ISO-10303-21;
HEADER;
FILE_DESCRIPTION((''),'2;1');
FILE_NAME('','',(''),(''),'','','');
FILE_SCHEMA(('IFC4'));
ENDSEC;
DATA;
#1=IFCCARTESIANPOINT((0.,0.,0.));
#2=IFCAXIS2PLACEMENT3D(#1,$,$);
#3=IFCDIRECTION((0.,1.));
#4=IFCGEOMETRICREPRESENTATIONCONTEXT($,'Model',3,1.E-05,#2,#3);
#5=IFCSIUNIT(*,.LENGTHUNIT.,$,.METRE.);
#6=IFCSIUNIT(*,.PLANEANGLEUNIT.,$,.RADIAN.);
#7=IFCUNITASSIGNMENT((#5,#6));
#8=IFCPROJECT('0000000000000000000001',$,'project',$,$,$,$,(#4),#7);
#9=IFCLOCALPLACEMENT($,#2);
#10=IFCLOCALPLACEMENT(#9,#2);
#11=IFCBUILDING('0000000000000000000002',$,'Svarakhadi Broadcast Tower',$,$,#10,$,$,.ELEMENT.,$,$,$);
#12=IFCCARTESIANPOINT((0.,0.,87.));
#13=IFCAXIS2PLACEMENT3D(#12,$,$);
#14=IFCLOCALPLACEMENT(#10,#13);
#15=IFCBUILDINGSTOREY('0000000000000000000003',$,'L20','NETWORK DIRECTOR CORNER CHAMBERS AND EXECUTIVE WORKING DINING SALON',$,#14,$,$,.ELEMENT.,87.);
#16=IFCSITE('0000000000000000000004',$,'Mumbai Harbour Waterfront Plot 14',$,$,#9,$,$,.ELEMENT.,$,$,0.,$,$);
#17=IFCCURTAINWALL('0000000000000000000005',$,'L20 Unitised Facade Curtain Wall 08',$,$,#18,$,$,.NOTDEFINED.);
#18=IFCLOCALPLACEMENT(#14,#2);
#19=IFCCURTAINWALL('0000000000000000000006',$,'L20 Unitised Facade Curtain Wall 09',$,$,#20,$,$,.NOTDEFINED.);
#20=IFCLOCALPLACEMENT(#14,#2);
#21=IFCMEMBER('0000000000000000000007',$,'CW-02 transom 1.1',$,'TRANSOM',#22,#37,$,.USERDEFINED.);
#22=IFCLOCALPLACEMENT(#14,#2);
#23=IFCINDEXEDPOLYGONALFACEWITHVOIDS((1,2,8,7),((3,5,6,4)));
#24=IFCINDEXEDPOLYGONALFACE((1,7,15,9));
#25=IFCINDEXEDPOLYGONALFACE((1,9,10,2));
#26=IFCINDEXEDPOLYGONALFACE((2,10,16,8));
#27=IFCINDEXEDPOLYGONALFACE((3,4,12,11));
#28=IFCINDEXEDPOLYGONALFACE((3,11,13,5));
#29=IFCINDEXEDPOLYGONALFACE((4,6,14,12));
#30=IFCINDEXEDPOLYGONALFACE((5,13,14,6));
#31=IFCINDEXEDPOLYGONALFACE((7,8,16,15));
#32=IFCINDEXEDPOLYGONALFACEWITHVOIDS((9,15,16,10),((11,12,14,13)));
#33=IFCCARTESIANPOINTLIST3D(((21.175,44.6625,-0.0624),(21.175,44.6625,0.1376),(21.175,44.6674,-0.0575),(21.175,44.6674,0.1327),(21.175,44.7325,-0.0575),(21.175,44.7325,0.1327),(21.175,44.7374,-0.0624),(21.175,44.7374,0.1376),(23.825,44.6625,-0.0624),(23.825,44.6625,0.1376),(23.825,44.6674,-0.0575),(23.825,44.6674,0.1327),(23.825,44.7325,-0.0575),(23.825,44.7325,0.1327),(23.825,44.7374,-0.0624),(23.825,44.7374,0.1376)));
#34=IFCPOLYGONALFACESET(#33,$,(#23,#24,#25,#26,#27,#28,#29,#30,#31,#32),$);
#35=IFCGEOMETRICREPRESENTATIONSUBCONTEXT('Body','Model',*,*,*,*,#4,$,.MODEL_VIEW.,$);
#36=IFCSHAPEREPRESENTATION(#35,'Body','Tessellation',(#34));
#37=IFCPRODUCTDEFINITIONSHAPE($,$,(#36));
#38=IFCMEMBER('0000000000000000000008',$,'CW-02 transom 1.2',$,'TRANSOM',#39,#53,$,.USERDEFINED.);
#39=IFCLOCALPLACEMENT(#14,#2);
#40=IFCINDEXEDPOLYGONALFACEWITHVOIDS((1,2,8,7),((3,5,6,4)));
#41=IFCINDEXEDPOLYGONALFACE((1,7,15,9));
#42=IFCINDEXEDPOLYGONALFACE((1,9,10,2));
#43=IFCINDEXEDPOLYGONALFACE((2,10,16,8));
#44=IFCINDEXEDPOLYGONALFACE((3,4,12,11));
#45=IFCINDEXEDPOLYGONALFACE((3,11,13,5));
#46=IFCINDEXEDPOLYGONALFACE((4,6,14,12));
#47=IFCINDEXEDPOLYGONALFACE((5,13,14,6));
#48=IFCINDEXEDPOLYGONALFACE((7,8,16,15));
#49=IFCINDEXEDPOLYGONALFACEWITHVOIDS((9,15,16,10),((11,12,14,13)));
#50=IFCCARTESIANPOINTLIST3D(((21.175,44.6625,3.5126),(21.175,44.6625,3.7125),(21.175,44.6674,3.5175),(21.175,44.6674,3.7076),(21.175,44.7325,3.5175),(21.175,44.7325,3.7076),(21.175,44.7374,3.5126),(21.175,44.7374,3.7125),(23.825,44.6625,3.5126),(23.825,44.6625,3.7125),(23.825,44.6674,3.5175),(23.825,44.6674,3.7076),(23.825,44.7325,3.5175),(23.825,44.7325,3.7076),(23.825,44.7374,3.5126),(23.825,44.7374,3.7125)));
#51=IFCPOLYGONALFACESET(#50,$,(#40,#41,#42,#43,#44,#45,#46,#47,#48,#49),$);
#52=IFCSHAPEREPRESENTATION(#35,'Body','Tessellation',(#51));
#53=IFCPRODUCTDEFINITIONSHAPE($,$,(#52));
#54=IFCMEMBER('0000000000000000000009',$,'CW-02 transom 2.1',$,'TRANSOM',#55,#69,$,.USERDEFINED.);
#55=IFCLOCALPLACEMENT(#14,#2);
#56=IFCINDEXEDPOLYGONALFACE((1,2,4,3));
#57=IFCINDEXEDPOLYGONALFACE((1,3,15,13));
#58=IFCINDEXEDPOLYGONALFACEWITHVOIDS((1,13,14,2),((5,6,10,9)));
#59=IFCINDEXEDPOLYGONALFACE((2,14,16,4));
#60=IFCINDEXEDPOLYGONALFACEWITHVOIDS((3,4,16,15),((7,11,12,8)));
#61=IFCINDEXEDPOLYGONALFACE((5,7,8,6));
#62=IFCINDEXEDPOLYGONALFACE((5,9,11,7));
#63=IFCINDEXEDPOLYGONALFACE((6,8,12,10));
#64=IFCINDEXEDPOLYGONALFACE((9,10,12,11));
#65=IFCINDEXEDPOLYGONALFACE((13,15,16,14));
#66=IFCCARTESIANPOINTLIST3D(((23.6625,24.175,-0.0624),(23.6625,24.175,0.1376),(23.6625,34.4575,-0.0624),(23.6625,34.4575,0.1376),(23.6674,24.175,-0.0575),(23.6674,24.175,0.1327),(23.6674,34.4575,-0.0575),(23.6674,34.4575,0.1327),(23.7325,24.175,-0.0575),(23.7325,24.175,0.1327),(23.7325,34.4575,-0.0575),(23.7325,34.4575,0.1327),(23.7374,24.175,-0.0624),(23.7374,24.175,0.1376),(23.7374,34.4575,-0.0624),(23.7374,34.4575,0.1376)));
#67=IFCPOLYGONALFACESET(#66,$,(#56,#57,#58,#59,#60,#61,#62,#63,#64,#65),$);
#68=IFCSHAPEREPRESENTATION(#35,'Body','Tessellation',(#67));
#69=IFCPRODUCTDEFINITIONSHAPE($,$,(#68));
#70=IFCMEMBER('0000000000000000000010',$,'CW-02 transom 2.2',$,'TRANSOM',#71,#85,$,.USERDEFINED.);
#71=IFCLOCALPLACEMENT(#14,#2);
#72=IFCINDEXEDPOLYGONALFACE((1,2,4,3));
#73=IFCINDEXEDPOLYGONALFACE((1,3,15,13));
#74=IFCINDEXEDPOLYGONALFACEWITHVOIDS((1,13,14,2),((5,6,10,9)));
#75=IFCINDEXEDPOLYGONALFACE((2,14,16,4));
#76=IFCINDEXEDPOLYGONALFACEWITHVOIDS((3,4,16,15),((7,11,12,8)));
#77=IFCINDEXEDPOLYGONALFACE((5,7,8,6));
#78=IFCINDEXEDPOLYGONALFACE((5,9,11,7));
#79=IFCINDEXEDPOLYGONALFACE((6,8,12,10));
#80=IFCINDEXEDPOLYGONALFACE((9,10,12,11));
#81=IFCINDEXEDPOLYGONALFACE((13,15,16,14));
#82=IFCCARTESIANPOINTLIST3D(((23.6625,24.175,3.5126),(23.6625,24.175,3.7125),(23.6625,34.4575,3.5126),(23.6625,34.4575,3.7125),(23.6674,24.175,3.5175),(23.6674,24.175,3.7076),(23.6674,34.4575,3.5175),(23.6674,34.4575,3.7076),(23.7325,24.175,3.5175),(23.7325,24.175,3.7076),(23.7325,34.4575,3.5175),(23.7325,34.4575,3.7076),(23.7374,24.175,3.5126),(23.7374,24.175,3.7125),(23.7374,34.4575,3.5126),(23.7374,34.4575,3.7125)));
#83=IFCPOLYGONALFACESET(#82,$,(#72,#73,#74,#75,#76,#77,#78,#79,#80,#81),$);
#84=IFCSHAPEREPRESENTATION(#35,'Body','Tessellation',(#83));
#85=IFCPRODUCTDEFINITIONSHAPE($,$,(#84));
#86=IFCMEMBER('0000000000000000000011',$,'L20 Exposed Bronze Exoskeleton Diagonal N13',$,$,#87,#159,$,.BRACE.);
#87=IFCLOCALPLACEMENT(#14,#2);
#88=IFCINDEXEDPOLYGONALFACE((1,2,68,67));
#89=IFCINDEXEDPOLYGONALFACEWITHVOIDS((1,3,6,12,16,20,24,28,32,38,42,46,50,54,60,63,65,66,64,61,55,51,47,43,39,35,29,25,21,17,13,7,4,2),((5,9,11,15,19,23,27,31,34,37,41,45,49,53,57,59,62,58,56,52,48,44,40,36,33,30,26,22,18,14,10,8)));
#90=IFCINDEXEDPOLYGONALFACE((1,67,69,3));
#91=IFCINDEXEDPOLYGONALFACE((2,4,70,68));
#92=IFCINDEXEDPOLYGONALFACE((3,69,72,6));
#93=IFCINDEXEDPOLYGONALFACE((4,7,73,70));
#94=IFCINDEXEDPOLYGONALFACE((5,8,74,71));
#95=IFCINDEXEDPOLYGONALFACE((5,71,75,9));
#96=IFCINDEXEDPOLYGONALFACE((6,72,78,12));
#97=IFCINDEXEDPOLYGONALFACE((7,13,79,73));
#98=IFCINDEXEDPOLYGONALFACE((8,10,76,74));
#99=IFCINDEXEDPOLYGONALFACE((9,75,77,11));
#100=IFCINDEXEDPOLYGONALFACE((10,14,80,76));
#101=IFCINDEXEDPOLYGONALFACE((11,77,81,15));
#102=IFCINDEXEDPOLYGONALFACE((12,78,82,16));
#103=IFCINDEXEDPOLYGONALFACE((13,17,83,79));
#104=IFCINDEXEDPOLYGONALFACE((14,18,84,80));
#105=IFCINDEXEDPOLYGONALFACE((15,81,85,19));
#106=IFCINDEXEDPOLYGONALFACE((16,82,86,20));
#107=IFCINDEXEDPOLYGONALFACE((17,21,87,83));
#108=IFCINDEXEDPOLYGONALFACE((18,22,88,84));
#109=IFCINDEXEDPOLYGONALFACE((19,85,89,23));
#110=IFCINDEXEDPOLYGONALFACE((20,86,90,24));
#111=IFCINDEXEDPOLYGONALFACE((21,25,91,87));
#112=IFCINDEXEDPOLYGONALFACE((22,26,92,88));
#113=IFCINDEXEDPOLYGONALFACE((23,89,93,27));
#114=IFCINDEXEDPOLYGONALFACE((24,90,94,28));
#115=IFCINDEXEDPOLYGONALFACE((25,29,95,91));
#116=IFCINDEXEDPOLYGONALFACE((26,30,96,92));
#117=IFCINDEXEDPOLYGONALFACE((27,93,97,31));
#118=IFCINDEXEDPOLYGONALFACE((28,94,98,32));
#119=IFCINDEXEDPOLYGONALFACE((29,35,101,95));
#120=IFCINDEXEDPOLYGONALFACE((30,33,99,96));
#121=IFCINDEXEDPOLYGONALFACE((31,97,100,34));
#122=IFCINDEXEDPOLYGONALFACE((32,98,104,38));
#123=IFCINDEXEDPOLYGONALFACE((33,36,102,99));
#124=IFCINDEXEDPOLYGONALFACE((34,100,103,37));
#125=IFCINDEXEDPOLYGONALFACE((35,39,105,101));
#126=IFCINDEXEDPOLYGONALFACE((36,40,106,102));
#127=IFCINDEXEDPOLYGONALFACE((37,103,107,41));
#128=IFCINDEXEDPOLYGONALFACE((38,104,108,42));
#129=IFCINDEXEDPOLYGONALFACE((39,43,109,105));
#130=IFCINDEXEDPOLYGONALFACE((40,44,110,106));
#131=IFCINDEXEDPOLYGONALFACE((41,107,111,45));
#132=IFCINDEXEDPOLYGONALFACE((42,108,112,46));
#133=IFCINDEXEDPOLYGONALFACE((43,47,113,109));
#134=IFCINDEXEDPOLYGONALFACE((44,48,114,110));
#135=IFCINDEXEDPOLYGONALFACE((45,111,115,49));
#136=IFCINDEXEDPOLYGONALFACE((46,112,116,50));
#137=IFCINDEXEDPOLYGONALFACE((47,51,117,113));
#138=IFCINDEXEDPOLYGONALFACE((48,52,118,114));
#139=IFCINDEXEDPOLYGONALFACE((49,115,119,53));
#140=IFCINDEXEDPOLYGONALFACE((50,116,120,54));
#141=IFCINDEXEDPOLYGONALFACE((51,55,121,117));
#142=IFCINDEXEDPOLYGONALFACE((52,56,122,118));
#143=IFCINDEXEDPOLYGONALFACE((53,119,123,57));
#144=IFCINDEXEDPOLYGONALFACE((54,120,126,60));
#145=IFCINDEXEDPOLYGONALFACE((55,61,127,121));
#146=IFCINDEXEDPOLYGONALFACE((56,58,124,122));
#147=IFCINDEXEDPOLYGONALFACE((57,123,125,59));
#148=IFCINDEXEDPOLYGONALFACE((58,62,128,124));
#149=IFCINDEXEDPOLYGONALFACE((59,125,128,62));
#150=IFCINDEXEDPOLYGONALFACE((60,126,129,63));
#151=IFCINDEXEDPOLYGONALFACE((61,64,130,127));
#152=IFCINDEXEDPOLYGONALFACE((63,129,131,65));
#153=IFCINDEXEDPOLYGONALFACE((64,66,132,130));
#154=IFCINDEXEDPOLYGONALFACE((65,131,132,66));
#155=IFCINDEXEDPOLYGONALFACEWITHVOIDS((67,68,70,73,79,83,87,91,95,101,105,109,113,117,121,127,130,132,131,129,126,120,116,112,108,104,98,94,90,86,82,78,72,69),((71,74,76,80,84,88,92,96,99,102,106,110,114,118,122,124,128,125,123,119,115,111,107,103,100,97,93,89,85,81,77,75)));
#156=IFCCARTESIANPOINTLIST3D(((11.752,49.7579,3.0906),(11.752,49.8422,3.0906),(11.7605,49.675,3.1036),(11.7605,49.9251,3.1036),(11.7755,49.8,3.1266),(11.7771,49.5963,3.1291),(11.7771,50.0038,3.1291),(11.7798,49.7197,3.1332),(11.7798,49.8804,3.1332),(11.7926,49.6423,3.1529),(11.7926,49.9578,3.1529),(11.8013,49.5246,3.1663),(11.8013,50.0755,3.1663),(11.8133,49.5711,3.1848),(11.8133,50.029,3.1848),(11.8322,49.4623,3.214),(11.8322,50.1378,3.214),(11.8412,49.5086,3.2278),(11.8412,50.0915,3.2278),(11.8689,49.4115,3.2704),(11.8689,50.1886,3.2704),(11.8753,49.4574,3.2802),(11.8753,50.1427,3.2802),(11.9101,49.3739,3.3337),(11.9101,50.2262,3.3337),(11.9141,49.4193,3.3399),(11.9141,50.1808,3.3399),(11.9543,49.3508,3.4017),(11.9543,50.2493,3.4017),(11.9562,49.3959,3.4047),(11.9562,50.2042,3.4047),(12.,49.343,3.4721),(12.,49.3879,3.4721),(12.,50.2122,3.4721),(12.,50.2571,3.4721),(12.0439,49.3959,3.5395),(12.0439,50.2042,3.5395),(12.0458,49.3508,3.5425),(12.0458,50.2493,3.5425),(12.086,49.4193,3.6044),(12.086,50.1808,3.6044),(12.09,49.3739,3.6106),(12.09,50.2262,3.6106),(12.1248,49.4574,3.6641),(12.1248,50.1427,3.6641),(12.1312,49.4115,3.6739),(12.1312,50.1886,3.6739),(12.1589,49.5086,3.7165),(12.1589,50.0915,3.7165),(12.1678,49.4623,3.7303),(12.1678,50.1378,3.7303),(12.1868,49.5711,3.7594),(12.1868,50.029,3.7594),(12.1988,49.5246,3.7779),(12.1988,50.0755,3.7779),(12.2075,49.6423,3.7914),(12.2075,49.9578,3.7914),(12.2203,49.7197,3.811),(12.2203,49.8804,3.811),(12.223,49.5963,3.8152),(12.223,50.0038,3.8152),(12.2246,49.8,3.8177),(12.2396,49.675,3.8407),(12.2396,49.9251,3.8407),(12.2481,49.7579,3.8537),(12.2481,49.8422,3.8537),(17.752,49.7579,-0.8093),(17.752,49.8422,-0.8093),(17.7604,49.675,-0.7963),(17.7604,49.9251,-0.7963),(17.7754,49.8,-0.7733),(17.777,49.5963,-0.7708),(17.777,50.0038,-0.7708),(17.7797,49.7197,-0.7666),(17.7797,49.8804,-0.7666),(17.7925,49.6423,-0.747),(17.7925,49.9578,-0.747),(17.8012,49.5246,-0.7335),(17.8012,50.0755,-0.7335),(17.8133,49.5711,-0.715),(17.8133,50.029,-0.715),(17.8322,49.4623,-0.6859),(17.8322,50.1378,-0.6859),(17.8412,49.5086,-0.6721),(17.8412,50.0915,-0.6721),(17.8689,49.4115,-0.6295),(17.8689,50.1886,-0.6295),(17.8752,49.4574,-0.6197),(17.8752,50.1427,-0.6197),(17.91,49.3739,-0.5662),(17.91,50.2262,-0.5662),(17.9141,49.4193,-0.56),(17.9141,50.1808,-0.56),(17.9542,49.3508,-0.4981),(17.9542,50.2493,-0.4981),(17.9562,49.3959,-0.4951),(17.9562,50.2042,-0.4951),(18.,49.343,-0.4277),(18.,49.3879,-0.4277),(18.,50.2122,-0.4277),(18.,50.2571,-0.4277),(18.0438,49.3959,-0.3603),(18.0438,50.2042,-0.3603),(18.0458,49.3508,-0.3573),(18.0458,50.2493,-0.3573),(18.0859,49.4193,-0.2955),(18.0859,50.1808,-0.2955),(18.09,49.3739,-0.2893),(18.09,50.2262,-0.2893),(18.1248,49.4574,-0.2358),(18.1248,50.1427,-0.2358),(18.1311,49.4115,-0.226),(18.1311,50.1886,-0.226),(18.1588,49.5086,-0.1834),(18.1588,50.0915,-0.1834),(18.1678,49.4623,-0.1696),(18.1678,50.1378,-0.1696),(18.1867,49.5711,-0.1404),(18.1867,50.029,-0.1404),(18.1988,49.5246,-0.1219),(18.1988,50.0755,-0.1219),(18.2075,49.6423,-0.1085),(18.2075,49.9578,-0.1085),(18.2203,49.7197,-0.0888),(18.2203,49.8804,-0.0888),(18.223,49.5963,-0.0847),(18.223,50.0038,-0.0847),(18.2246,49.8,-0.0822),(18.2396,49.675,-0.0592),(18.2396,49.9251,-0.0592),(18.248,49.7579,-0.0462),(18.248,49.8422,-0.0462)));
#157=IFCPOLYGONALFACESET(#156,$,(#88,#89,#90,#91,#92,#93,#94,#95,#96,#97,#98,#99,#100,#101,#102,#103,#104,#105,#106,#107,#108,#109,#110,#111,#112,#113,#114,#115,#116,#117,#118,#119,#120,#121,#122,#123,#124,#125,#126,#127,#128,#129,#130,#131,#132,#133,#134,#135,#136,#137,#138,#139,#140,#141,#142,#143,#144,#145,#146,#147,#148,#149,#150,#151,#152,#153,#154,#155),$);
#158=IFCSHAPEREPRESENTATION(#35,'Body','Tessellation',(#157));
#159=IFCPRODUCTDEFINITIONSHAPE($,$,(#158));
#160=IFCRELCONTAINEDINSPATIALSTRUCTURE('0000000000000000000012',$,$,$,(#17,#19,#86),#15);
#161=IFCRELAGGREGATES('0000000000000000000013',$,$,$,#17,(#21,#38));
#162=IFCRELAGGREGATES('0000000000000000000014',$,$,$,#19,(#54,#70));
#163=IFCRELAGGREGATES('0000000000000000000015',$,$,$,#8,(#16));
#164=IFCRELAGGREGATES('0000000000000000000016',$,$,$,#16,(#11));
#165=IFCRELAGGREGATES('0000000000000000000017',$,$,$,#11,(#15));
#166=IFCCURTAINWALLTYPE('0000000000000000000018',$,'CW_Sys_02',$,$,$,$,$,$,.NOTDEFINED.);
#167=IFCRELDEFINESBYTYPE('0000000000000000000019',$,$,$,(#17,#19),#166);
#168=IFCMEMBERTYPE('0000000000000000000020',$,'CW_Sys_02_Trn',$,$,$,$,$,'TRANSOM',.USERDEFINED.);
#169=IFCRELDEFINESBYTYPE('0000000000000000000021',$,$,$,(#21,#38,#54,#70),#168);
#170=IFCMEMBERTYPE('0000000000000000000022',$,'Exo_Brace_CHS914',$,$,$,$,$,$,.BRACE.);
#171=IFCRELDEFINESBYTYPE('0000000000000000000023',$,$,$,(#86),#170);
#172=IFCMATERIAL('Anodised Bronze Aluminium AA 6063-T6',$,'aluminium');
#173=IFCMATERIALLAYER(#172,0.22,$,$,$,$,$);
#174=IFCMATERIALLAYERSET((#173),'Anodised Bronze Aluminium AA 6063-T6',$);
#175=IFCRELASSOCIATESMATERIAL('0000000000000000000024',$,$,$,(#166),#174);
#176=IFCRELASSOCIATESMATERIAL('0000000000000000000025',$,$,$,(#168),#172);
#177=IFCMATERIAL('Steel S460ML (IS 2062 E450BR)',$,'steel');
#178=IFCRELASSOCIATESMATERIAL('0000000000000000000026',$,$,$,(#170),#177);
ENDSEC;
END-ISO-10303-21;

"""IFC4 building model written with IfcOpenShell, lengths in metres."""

from ifc_helpers import new_model, si_unit, direction, frame, origin, origin_2d, place, context, subcontext, project, spatial, hollow_rectangle, hollow_circle, extrude, material, layer, layer_set, material_profile, profile_set, type_object, element, aggregate, save


model = new_model("IFC4")

# Units and contexts
model_context = context("Model", 3, precision=1e-05, world=origin(), true_north=direction((0.0, 1.0)))
body_context = subcontext(model_context, "Body", "Model", "MODEL_VIEW")
ifc_project = project(units=[si_unit("LENGTHUNIT", "METRE"), si_unit("PLANEANGLEUNIT", "RADIAN")], contexts=[model_context])

# Site, building, storey
site_placement = place(None, origin())
site = spatial("IfcSite", under=ifc_project, at=site_placement, Name="Mumbai Harbour Waterfront Plot 14", CompositionType="ELEMENT", RefElevation=0.0)
building_placement = place(site_placement, origin())
building = spatial("IfcBuilding", under=site, at=building_placement, Name="Svarakhadi Broadcast Tower", CompositionType="ELEMENT")
storey_placement = place(building_placement, frame((0.0, 0.0, 87.0)))
storey = spatial("IfcBuildingStorey", under=building, at=storey_placement, Name="L20", Description="NETWORK DIRECTOR CORNER CHAMBERS AND EXECUTIVE WORKING DINING SALON", CompositionType="ELEMENT", Elevation=87.0)

# Shared definitions
ifc_material_1 = material(Name="Anodised Bronze Aluminium AA 6063-T6", Category="aluminium")
ifc_layer_1 = layer(ifc_material_1, 0.22)
ifc_layer_set_1 = layer_set([ifc_layer_1], Name="Anodised Bronze Aluminium AA 6063-T6")
curtain_wall_type = type_object("IfcCurtainWallType", Name="CW_Sys_02", PredefinedType="NOTDEFINED", material=ifc_layer_set_1)

# Curtain wall
curtain_wall_1_placement = place(storey_placement, origin())
curtain_wall_1 = element("IfcCurtainWall", 1, at=curtain_wall_1_placement, inside=storey, type_object=curtain_wall_type, Name="L20 Unitised Facade Curtain Wall 08", PredefinedType="NOTDEFINED")

# Curtain wall
curtain_wall_2_placement = place(storey_placement, origin())
curtain_wall_2 = element("IfcCurtainWall", 2, at=curtain_wall_2_placement, inside=storey, type_object=curtain_wall_type, Name="L20 Unitised Facade Curtain Wall 09", PredefinedType="NOTDEFINED")

# Members
ifc_material_profile_1 = material_profile(ifc_material_1, hollow_rectangle(XDim=0.075, YDim=0.2, WallThickness=0.0049, at=origin_2d()), Name="ALU TRANSOM 200x75x5")
ifc_profile_set_1 = profile_set([ifc_material_profile_1], Name="Anodised Bronze Aluminium AA 6063-T6")
member_type_1 = type_object("IfcMemberType", Name="CW_Sys_02_Trn", ElementType="TRANSOM", PredefinedType="USERDEFINED", material=ifc_profile_set_1)
member_1_placement = place(storey_placement, frame((21.175, 44.7, 0.0376), z_axis=(1.0, 0.0, 0.0), x_axis=(0.0, 1.0, 0.0)))
member_1 = element("IfcMember", 3, at=member_1_placement, type_object=member_type_1, Name="CW-02 transom 1.1", ObjectType="TRANSOM", PredefinedType="USERDEFINED", context=body_context, shape_type="SweptSolid", body=[
    extrude(hollow_rectangle(XDim=0.075, YDim=0.2, WallThickness=0.0049, at=origin_2d()), origin(), (0.0, 0.0, 1.0), 2.6499),
])
member_2_placement = place(storey_placement, frame((21.175, 44.7, 3.6125), z_axis=(1.0, 0.0, 0.0), x_axis=(0.0, 1.0, 0.0)))
member_2 = element("IfcMember", 4, at=member_2_placement, type_object=member_type_1, Name="CW-02 transom 1.2", ObjectType="TRANSOM", PredefinedType="USERDEFINED", context=body_context, shape_type="SweptSolid", body=[
    extrude(hollow_rectangle(XDim=0.075, YDim=0.2, WallThickness=0.0049, at=origin_2d()), origin(), (0.0, 0.0, 1.0), 2.6499),
])
member_3_placement = place(storey_placement, frame((23.7, 34.4575, 0.0376), z_axis=(0.0, -1.0, 0.0), x_axis=(1.0, 0.0, 0.0)))
member_3 = element("IfcMember", 5, at=member_3_placement, type_object=member_type_1, Name="CW-02 transom 2.1", ObjectType="TRANSOM", PredefinedType="USERDEFINED", context=body_context, shape_type="SweptSolid", body=[
    extrude(hollow_rectangle(XDim=0.075, YDim=0.2, WallThickness=0.0049, at=origin_2d()), origin(), (0.0, 0.0, 1.0), 10.2825),
])
member_4_placement = place(storey_placement, frame((23.7, 34.4575, 3.6125), z_axis=(0.0, -1.0, 0.0), x_axis=(1.0, 0.0, 0.0)))
member_4 = element("IfcMember", 6, at=member_4_placement, type_object=member_type_1, Name="CW-02 transom 2.2", ObjectType="TRANSOM", PredefinedType="USERDEFINED", context=body_context, shape_type="SweptSolid", body=[
    extrude(hollow_rectangle(XDim=0.075, YDim=0.2, WallThickness=0.0049, at=origin_2d()), origin(), (0.0, 0.0, 1.0), 10.2825),
])

# Member
ifc_material_2 = material(Name="Steel S460ML (IS 2062 E450BR)", Category="steel")
ifc_material_profile_2 = material_profile(ifc_material_2, hollow_circle(Radius=0.457, WallThickness=0.0449, at=origin_2d()), Name="CHS 914x45")
ifc_profile_set_2 = profile_set([ifc_material_profile_2], Name="Steel S460ML (IS 2062 E450BR)")
member_type_2 = type_object("IfcMemberType", Name="Exo_Brace_CHS914", PredefinedType="BRACE", material=ifc_profile_set_2)
member_5_placement = place(storey_placement, frame((18.0, 49.8, -0.4277), z_axis=(-0.83845, 0.0, 0.544979), x_axis=(0.0, -1.0, 0.0)))
element("IfcMember", 7, at=member_5_placement, inside=storey, type_object=member_type_2, Name="L20 Exposed Bronze Exoskeleton Diagonal N13", PredefinedType="BRACE", context=body_context, shape_type="SweptSolid", body=[
    extrude(hollow_circle(Radius=0.457, WallThickness=0.0449, at=origin_2d()), origin(), (0.0, 0.0, 1.0), 7.156),
])

aggregate(curtain_wall_1, [member_1, member_2])
aggregate(curtain_wall_2, [member_3, member_4])

save(model, "model.ifc")
